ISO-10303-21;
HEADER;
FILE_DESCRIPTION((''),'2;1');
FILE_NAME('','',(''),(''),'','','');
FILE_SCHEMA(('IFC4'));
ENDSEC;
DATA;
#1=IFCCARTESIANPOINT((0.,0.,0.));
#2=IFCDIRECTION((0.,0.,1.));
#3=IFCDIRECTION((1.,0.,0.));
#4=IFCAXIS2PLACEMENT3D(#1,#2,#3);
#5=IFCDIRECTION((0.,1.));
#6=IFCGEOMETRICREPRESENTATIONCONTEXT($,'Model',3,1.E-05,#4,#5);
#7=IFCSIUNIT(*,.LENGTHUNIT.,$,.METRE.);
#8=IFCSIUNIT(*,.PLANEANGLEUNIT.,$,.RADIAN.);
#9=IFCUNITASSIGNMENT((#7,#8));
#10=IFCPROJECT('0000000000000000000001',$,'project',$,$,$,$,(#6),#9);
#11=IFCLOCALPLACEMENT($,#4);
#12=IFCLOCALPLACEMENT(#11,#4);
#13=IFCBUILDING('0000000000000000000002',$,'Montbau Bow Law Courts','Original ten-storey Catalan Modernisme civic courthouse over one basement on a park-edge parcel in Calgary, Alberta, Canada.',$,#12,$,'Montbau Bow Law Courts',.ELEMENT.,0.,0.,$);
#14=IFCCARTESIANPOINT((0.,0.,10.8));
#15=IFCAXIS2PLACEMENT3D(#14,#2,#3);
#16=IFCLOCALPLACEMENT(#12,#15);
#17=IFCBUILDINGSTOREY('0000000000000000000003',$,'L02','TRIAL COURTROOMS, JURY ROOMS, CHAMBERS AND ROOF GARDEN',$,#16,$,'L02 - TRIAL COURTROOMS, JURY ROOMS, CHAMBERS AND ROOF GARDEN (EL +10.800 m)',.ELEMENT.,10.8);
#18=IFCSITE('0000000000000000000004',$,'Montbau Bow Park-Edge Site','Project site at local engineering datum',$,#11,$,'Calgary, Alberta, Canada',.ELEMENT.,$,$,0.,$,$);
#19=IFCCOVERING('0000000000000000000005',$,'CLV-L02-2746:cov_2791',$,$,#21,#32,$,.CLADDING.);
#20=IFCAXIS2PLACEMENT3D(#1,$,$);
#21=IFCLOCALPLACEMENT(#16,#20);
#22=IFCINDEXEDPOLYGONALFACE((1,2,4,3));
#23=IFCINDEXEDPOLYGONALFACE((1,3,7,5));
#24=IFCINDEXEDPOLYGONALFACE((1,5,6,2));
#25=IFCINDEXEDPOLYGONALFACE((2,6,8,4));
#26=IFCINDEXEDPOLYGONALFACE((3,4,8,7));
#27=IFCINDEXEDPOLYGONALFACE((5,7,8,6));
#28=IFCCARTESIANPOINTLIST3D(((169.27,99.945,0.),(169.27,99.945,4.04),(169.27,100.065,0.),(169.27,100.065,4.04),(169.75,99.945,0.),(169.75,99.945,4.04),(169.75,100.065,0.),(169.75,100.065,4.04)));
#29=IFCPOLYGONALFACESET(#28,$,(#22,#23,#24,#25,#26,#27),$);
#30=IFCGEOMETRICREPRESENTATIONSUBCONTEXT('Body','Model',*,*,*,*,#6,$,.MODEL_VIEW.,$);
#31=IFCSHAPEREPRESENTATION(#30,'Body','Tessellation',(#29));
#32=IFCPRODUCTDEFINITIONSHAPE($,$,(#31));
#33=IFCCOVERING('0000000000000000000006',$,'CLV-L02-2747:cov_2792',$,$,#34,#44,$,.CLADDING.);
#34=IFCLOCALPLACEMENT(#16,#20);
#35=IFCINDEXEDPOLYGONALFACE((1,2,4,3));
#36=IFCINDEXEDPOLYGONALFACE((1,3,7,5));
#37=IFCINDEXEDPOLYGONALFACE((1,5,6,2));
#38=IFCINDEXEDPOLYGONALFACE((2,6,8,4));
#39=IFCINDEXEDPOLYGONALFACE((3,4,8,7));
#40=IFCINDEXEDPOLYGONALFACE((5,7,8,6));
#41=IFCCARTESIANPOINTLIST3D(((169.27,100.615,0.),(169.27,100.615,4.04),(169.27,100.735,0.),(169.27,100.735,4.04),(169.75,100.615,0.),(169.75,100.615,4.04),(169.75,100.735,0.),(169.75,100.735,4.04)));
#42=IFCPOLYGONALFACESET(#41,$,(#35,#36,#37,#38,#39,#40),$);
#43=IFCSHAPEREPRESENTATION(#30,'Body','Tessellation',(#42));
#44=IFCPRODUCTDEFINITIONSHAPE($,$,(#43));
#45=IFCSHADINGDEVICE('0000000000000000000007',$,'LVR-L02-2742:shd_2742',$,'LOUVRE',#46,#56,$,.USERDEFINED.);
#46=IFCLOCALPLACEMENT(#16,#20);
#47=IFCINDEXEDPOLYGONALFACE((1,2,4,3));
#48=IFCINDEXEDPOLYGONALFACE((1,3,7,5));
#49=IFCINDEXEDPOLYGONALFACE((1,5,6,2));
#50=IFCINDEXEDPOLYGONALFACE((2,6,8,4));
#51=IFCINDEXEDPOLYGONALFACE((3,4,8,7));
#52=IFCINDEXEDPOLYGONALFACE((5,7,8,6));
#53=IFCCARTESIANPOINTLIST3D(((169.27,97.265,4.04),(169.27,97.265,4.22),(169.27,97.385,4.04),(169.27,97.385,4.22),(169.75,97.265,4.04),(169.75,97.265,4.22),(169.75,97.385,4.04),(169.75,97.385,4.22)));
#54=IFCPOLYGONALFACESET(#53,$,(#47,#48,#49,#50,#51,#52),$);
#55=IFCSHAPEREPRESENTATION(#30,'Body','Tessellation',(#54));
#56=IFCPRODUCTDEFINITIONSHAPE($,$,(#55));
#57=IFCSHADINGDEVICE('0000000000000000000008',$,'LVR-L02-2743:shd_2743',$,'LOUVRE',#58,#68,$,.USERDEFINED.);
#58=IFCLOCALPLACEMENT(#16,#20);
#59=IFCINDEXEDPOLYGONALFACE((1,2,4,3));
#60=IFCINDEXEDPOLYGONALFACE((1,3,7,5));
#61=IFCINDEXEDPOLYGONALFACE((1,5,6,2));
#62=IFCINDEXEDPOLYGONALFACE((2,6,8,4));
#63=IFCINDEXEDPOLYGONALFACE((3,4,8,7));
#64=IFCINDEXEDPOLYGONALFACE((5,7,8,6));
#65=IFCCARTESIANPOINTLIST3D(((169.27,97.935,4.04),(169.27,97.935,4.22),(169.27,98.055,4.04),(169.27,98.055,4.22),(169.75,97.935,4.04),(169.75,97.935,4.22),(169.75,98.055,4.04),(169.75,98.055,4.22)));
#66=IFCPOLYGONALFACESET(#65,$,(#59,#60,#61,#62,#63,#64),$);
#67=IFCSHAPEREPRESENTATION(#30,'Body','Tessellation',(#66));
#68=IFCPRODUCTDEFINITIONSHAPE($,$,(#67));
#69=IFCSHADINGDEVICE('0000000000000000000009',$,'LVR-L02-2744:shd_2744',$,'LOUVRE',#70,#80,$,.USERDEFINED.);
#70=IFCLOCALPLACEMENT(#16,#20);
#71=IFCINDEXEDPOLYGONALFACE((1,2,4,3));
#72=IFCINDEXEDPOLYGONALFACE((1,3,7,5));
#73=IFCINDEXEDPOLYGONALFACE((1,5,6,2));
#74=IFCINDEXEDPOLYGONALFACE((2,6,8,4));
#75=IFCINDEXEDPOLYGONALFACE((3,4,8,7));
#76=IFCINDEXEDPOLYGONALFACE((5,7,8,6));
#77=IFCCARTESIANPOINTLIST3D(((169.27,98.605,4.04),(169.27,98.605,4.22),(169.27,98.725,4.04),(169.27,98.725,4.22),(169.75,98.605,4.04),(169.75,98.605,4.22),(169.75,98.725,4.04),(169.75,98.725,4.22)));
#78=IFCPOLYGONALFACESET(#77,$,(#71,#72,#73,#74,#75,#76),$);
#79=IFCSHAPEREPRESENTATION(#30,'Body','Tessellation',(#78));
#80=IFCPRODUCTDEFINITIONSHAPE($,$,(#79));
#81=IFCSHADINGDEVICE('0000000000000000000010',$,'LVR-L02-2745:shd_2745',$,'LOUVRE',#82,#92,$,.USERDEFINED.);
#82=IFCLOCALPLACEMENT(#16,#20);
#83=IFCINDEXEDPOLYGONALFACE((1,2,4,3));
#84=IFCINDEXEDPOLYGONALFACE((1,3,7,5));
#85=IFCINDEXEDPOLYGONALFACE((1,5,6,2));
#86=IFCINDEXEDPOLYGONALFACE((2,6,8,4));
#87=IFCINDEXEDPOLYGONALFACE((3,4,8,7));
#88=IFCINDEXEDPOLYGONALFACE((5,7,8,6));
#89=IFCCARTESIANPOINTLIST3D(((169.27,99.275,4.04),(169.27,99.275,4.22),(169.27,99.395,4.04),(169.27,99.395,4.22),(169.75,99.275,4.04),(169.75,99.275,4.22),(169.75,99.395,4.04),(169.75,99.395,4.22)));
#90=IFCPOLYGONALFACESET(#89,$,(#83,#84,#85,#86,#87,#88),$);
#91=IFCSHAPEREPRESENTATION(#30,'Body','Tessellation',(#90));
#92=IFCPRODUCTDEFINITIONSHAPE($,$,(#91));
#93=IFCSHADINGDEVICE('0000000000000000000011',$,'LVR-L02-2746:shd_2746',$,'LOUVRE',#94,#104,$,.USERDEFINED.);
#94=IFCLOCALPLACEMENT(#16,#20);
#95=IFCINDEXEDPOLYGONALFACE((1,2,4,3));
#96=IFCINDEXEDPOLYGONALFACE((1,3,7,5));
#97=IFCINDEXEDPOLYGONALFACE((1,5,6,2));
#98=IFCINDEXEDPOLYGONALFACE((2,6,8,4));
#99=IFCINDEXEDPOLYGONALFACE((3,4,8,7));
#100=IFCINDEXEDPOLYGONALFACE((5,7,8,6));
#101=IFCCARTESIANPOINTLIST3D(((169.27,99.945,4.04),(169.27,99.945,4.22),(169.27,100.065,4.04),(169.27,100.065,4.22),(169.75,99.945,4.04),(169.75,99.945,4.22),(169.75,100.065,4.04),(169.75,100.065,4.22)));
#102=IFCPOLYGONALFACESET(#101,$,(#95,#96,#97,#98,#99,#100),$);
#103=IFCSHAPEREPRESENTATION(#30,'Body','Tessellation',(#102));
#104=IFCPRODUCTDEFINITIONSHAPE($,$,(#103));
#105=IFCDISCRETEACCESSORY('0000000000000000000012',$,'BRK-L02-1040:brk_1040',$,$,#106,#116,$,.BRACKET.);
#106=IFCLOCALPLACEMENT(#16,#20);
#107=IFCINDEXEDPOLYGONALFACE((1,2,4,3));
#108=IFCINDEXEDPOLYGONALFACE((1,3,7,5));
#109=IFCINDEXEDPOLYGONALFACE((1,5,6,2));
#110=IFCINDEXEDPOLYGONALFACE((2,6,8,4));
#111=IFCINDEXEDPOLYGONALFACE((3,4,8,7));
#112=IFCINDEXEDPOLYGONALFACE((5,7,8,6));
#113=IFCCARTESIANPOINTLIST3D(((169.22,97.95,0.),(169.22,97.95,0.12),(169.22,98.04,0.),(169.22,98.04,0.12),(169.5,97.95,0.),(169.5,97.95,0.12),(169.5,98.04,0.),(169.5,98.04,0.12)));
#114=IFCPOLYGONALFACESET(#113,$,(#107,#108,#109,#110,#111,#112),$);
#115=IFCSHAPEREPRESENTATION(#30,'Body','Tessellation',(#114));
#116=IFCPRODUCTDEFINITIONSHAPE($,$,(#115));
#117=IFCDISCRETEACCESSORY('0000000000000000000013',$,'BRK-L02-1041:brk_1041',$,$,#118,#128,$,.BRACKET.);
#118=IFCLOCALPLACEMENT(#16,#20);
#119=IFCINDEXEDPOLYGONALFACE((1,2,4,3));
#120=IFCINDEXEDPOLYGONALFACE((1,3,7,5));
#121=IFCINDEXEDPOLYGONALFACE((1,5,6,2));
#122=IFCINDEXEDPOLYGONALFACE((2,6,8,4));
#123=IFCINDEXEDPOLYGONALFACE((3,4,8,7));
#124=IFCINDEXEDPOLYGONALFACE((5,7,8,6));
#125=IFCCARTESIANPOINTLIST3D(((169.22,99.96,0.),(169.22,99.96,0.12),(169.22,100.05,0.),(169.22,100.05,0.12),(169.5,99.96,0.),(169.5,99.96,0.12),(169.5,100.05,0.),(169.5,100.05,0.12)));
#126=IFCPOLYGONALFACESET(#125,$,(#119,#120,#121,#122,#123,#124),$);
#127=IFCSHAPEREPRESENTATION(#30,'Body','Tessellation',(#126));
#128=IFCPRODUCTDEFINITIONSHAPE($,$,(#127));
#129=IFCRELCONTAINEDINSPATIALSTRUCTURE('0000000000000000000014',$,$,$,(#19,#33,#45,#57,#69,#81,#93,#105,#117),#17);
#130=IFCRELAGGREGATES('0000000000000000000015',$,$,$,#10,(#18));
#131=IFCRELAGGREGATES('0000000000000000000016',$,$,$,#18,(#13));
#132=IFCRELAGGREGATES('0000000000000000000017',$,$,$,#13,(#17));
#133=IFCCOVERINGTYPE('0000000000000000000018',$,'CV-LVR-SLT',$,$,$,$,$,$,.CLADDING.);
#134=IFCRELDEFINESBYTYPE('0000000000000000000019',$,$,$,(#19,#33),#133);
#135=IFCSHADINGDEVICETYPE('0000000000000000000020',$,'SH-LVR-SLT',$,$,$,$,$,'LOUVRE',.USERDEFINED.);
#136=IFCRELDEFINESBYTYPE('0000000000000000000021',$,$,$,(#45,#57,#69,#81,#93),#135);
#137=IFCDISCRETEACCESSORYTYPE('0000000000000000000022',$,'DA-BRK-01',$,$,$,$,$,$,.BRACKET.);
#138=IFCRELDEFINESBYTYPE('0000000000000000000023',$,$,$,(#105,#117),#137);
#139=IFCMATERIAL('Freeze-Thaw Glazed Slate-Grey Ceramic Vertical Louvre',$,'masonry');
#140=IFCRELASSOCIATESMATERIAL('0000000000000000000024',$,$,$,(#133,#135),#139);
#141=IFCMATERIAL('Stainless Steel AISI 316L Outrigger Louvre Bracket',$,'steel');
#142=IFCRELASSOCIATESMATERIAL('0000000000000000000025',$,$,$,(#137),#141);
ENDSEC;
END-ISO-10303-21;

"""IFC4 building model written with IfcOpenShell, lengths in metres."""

from ifc_helpers import new_model, si_unit, direction, frame, frame_2d, origin_with_axes, origin_2d_with_axis, place, context, subcontext, project, spatial, rectangle, extrude, material, type_object, element, save


model = new_model("IFC4")

# Units and contexts
model_context = context("Model", 3, precision=1e-05, world=origin_with_axes(), true_north=direction((0.0, 1.0)))
body_context = subcontext(model_context, "Body", "Model", "MODEL_VIEW")
ifc_project = project(units=[si_unit("LENGTHUNIT", "METRE"), si_unit("PLANEANGLEUNIT", "RADIAN")], contexts=[model_context])

# Site, building, storey
site_placement = place(None, origin_with_axes())
site = spatial("IfcSite", under=ifc_project, at=site_placement, Name="Montbau Bow Park-Edge Site", Description="Project site at local engineering datum", LongName="Calgary, Alberta, Canada", CompositionType="ELEMENT", RefElevation=0.0)
building_placement = place(site_placement, origin_with_axes())
building = spatial("IfcBuilding", under=site, at=building_placement, Name="Montbau Bow Law Courts", Description="Original ten-storey Catalan Modernisme civic courthouse over one basement on a park-edge parcel in Calgary, Alberta, Canada.", LongName="Montbau Bow Law Courts", CompositionType="ELEMENT", ElevationOfRefHeight=0.0, ElevationOfTerrain=0.0)
storey_placement = place(building_placement, frame((0.0, 0.0, 10.8), z_axis=(0.0, 0.0, 1.0), x_axis=(1.0, 0.0, 0.0)))
storey = spatial("IfcBuildingStorey", under=building, at=storey_placement, Name="L02", Description="TRIAL COURTROOMS, JURY ROOMS, CHAMBERS AND ROOF GARDEN", LongName="L02 - TRIAL COURTROOMS, JURY ROOMS, CHAMBERS AND ROOF GARDEN (EL +10.800 m)", CompositionType="ELEMENT", Elevation=10.8)

# Coverings
ifc_material_1 = material(Name="Freeze-Thaw Glazed Slate-Grey Ceramic Vertical Louvre", Category="masonry")
covering_type = type_object("IfcCoveringType", Name="CV-LVR-SLT", PredefinedType="CLADDING", material=ifc_material_1)
for number, where, z_axis, x_axis, name in (
    (1, (169.27, 100.005, 10.8), (0.0, -1.0, 0.0), (1.0, 0.0, 0.0), "CLV-L02-2746:cov_2791"),
    (2, (169.27, 100.675, 10.8), (0.0, -1.0, 0.0), (1.0, 0.0, 0.0), "CLV-L02-2747:cov_2792"),
):
    element("IfcCovering", number, at=place(None, frame(where, z_axis=z_axis, x_axis=x_axis)), inside=storey, type_object=covering_type, Name=name, PredefinedType="CLADDING", context=body_context, shape_type="SweptSolid", body=[
        extrude(rectangle(XDim=0.48, YDim=4.04, at=frame_2d((0.24, 2.02), x_axis=(1.0, 0.0))), frame((0.0, 0.0, -0.06), z_axis=(0.0, 0.0, 1.0), x_axis=(1.0, 0.0, 0.0)), (0.0, 0.0, 1.0), 0.12),
    ])

# Shading devices
shading_device_type = type_object("IfcShadingDeviceType", Name="SH-LVR-SLT", ElementType="LOUVRE", PredefinedType="USERDEFINED", material=ifc_material_1)
for number, where, z_axis, x_axis, name in (
    (3, (169.51, 97.325, 14.84), (0.0, 0.0, 1.0), (1.0, 0.0, 0.0), "LVR-L02-2742:shd_2742"),
    (4, (169.51, 97.995, 14.84), (0.0, 0.0, 1.0), (1.0, 0.0, 0.0), "LVR-L02-2743:shd_2743"),
    (5, (169.51, 98.665, 14.84), (0.0, 0.0, 1.0), (1.0, 0.0, 0.0), "LVR-L02-2744:shd_2744"),
    (6, (169.51, 99.335, 14.84), (0.0, 0.0, 1.0), (1.0, 0.0, 0.0), "LVR-L02-2745:shd_2745"),
    (7, (169.51, 100.005, 14.84), (0.0, 0.0, 1.0), (1.0, 0.0, 0.0), "LVR-L02-2746:shd_2746"),
):
    element("IfcShadingDevice", number, at=place(None, frame(where, z_axis=z_axis, x_axis=x_axis)), inside=storey, type_object=shading_device_type, Name=name, ObjectType="LOUVRE", PredefinedType="USERDEFINED", context=body_context, shape_type="SweptSolid", body=[
        extrude(rectangle(XDim=0.48, YDim=0.12, at=origin_2d_with_axis()), origin_with_axes(), (0.0, 0.0, 1.0), 0.18),
    ])

# Discrete accessories
ifc_material_2 = material(Name="Stainless Steel AISI 316L Outrigger Louvre Bracket", Category="steel")
discrete_accessory_type = type_object("IfcDiscreteAccessoryType", Name="DA-BRK-01", PredefinedType="BRACKET", material=ifc_material_2)
for number, where, z_axis, x_axis, name in (
    (8, (169.36, 97.995, 10.8), (0.0, 0.0, 1.0), (1.0, 0.0, 0.0), "BRK-L02-1040:brk_1040"),
    (9, (169.36, 100.005, 10.8), (0.0, 0.0, 1.0), (1.0, 0.0, 0.0), "BRK-L02-1041:brk_1041"),
):
    element("IfcDiscreteAccessory", number, at=place(None, frame(where, z_axis=z_axis, x_axis=x_axis)), inside=storey, type_object=discrete_accessory_type, Name=name, PredefinedType="BRACKET", context=body_context, shape_type="SweptSolid", body=[
        extrude(rectangle(XDim=0.28, YDim=0.09, at=origin_2d_with_axis()), origin_with_axes(), (0.0, 0.0, 1.0), 0.12),
    ])

save(model, "model.ifc")
